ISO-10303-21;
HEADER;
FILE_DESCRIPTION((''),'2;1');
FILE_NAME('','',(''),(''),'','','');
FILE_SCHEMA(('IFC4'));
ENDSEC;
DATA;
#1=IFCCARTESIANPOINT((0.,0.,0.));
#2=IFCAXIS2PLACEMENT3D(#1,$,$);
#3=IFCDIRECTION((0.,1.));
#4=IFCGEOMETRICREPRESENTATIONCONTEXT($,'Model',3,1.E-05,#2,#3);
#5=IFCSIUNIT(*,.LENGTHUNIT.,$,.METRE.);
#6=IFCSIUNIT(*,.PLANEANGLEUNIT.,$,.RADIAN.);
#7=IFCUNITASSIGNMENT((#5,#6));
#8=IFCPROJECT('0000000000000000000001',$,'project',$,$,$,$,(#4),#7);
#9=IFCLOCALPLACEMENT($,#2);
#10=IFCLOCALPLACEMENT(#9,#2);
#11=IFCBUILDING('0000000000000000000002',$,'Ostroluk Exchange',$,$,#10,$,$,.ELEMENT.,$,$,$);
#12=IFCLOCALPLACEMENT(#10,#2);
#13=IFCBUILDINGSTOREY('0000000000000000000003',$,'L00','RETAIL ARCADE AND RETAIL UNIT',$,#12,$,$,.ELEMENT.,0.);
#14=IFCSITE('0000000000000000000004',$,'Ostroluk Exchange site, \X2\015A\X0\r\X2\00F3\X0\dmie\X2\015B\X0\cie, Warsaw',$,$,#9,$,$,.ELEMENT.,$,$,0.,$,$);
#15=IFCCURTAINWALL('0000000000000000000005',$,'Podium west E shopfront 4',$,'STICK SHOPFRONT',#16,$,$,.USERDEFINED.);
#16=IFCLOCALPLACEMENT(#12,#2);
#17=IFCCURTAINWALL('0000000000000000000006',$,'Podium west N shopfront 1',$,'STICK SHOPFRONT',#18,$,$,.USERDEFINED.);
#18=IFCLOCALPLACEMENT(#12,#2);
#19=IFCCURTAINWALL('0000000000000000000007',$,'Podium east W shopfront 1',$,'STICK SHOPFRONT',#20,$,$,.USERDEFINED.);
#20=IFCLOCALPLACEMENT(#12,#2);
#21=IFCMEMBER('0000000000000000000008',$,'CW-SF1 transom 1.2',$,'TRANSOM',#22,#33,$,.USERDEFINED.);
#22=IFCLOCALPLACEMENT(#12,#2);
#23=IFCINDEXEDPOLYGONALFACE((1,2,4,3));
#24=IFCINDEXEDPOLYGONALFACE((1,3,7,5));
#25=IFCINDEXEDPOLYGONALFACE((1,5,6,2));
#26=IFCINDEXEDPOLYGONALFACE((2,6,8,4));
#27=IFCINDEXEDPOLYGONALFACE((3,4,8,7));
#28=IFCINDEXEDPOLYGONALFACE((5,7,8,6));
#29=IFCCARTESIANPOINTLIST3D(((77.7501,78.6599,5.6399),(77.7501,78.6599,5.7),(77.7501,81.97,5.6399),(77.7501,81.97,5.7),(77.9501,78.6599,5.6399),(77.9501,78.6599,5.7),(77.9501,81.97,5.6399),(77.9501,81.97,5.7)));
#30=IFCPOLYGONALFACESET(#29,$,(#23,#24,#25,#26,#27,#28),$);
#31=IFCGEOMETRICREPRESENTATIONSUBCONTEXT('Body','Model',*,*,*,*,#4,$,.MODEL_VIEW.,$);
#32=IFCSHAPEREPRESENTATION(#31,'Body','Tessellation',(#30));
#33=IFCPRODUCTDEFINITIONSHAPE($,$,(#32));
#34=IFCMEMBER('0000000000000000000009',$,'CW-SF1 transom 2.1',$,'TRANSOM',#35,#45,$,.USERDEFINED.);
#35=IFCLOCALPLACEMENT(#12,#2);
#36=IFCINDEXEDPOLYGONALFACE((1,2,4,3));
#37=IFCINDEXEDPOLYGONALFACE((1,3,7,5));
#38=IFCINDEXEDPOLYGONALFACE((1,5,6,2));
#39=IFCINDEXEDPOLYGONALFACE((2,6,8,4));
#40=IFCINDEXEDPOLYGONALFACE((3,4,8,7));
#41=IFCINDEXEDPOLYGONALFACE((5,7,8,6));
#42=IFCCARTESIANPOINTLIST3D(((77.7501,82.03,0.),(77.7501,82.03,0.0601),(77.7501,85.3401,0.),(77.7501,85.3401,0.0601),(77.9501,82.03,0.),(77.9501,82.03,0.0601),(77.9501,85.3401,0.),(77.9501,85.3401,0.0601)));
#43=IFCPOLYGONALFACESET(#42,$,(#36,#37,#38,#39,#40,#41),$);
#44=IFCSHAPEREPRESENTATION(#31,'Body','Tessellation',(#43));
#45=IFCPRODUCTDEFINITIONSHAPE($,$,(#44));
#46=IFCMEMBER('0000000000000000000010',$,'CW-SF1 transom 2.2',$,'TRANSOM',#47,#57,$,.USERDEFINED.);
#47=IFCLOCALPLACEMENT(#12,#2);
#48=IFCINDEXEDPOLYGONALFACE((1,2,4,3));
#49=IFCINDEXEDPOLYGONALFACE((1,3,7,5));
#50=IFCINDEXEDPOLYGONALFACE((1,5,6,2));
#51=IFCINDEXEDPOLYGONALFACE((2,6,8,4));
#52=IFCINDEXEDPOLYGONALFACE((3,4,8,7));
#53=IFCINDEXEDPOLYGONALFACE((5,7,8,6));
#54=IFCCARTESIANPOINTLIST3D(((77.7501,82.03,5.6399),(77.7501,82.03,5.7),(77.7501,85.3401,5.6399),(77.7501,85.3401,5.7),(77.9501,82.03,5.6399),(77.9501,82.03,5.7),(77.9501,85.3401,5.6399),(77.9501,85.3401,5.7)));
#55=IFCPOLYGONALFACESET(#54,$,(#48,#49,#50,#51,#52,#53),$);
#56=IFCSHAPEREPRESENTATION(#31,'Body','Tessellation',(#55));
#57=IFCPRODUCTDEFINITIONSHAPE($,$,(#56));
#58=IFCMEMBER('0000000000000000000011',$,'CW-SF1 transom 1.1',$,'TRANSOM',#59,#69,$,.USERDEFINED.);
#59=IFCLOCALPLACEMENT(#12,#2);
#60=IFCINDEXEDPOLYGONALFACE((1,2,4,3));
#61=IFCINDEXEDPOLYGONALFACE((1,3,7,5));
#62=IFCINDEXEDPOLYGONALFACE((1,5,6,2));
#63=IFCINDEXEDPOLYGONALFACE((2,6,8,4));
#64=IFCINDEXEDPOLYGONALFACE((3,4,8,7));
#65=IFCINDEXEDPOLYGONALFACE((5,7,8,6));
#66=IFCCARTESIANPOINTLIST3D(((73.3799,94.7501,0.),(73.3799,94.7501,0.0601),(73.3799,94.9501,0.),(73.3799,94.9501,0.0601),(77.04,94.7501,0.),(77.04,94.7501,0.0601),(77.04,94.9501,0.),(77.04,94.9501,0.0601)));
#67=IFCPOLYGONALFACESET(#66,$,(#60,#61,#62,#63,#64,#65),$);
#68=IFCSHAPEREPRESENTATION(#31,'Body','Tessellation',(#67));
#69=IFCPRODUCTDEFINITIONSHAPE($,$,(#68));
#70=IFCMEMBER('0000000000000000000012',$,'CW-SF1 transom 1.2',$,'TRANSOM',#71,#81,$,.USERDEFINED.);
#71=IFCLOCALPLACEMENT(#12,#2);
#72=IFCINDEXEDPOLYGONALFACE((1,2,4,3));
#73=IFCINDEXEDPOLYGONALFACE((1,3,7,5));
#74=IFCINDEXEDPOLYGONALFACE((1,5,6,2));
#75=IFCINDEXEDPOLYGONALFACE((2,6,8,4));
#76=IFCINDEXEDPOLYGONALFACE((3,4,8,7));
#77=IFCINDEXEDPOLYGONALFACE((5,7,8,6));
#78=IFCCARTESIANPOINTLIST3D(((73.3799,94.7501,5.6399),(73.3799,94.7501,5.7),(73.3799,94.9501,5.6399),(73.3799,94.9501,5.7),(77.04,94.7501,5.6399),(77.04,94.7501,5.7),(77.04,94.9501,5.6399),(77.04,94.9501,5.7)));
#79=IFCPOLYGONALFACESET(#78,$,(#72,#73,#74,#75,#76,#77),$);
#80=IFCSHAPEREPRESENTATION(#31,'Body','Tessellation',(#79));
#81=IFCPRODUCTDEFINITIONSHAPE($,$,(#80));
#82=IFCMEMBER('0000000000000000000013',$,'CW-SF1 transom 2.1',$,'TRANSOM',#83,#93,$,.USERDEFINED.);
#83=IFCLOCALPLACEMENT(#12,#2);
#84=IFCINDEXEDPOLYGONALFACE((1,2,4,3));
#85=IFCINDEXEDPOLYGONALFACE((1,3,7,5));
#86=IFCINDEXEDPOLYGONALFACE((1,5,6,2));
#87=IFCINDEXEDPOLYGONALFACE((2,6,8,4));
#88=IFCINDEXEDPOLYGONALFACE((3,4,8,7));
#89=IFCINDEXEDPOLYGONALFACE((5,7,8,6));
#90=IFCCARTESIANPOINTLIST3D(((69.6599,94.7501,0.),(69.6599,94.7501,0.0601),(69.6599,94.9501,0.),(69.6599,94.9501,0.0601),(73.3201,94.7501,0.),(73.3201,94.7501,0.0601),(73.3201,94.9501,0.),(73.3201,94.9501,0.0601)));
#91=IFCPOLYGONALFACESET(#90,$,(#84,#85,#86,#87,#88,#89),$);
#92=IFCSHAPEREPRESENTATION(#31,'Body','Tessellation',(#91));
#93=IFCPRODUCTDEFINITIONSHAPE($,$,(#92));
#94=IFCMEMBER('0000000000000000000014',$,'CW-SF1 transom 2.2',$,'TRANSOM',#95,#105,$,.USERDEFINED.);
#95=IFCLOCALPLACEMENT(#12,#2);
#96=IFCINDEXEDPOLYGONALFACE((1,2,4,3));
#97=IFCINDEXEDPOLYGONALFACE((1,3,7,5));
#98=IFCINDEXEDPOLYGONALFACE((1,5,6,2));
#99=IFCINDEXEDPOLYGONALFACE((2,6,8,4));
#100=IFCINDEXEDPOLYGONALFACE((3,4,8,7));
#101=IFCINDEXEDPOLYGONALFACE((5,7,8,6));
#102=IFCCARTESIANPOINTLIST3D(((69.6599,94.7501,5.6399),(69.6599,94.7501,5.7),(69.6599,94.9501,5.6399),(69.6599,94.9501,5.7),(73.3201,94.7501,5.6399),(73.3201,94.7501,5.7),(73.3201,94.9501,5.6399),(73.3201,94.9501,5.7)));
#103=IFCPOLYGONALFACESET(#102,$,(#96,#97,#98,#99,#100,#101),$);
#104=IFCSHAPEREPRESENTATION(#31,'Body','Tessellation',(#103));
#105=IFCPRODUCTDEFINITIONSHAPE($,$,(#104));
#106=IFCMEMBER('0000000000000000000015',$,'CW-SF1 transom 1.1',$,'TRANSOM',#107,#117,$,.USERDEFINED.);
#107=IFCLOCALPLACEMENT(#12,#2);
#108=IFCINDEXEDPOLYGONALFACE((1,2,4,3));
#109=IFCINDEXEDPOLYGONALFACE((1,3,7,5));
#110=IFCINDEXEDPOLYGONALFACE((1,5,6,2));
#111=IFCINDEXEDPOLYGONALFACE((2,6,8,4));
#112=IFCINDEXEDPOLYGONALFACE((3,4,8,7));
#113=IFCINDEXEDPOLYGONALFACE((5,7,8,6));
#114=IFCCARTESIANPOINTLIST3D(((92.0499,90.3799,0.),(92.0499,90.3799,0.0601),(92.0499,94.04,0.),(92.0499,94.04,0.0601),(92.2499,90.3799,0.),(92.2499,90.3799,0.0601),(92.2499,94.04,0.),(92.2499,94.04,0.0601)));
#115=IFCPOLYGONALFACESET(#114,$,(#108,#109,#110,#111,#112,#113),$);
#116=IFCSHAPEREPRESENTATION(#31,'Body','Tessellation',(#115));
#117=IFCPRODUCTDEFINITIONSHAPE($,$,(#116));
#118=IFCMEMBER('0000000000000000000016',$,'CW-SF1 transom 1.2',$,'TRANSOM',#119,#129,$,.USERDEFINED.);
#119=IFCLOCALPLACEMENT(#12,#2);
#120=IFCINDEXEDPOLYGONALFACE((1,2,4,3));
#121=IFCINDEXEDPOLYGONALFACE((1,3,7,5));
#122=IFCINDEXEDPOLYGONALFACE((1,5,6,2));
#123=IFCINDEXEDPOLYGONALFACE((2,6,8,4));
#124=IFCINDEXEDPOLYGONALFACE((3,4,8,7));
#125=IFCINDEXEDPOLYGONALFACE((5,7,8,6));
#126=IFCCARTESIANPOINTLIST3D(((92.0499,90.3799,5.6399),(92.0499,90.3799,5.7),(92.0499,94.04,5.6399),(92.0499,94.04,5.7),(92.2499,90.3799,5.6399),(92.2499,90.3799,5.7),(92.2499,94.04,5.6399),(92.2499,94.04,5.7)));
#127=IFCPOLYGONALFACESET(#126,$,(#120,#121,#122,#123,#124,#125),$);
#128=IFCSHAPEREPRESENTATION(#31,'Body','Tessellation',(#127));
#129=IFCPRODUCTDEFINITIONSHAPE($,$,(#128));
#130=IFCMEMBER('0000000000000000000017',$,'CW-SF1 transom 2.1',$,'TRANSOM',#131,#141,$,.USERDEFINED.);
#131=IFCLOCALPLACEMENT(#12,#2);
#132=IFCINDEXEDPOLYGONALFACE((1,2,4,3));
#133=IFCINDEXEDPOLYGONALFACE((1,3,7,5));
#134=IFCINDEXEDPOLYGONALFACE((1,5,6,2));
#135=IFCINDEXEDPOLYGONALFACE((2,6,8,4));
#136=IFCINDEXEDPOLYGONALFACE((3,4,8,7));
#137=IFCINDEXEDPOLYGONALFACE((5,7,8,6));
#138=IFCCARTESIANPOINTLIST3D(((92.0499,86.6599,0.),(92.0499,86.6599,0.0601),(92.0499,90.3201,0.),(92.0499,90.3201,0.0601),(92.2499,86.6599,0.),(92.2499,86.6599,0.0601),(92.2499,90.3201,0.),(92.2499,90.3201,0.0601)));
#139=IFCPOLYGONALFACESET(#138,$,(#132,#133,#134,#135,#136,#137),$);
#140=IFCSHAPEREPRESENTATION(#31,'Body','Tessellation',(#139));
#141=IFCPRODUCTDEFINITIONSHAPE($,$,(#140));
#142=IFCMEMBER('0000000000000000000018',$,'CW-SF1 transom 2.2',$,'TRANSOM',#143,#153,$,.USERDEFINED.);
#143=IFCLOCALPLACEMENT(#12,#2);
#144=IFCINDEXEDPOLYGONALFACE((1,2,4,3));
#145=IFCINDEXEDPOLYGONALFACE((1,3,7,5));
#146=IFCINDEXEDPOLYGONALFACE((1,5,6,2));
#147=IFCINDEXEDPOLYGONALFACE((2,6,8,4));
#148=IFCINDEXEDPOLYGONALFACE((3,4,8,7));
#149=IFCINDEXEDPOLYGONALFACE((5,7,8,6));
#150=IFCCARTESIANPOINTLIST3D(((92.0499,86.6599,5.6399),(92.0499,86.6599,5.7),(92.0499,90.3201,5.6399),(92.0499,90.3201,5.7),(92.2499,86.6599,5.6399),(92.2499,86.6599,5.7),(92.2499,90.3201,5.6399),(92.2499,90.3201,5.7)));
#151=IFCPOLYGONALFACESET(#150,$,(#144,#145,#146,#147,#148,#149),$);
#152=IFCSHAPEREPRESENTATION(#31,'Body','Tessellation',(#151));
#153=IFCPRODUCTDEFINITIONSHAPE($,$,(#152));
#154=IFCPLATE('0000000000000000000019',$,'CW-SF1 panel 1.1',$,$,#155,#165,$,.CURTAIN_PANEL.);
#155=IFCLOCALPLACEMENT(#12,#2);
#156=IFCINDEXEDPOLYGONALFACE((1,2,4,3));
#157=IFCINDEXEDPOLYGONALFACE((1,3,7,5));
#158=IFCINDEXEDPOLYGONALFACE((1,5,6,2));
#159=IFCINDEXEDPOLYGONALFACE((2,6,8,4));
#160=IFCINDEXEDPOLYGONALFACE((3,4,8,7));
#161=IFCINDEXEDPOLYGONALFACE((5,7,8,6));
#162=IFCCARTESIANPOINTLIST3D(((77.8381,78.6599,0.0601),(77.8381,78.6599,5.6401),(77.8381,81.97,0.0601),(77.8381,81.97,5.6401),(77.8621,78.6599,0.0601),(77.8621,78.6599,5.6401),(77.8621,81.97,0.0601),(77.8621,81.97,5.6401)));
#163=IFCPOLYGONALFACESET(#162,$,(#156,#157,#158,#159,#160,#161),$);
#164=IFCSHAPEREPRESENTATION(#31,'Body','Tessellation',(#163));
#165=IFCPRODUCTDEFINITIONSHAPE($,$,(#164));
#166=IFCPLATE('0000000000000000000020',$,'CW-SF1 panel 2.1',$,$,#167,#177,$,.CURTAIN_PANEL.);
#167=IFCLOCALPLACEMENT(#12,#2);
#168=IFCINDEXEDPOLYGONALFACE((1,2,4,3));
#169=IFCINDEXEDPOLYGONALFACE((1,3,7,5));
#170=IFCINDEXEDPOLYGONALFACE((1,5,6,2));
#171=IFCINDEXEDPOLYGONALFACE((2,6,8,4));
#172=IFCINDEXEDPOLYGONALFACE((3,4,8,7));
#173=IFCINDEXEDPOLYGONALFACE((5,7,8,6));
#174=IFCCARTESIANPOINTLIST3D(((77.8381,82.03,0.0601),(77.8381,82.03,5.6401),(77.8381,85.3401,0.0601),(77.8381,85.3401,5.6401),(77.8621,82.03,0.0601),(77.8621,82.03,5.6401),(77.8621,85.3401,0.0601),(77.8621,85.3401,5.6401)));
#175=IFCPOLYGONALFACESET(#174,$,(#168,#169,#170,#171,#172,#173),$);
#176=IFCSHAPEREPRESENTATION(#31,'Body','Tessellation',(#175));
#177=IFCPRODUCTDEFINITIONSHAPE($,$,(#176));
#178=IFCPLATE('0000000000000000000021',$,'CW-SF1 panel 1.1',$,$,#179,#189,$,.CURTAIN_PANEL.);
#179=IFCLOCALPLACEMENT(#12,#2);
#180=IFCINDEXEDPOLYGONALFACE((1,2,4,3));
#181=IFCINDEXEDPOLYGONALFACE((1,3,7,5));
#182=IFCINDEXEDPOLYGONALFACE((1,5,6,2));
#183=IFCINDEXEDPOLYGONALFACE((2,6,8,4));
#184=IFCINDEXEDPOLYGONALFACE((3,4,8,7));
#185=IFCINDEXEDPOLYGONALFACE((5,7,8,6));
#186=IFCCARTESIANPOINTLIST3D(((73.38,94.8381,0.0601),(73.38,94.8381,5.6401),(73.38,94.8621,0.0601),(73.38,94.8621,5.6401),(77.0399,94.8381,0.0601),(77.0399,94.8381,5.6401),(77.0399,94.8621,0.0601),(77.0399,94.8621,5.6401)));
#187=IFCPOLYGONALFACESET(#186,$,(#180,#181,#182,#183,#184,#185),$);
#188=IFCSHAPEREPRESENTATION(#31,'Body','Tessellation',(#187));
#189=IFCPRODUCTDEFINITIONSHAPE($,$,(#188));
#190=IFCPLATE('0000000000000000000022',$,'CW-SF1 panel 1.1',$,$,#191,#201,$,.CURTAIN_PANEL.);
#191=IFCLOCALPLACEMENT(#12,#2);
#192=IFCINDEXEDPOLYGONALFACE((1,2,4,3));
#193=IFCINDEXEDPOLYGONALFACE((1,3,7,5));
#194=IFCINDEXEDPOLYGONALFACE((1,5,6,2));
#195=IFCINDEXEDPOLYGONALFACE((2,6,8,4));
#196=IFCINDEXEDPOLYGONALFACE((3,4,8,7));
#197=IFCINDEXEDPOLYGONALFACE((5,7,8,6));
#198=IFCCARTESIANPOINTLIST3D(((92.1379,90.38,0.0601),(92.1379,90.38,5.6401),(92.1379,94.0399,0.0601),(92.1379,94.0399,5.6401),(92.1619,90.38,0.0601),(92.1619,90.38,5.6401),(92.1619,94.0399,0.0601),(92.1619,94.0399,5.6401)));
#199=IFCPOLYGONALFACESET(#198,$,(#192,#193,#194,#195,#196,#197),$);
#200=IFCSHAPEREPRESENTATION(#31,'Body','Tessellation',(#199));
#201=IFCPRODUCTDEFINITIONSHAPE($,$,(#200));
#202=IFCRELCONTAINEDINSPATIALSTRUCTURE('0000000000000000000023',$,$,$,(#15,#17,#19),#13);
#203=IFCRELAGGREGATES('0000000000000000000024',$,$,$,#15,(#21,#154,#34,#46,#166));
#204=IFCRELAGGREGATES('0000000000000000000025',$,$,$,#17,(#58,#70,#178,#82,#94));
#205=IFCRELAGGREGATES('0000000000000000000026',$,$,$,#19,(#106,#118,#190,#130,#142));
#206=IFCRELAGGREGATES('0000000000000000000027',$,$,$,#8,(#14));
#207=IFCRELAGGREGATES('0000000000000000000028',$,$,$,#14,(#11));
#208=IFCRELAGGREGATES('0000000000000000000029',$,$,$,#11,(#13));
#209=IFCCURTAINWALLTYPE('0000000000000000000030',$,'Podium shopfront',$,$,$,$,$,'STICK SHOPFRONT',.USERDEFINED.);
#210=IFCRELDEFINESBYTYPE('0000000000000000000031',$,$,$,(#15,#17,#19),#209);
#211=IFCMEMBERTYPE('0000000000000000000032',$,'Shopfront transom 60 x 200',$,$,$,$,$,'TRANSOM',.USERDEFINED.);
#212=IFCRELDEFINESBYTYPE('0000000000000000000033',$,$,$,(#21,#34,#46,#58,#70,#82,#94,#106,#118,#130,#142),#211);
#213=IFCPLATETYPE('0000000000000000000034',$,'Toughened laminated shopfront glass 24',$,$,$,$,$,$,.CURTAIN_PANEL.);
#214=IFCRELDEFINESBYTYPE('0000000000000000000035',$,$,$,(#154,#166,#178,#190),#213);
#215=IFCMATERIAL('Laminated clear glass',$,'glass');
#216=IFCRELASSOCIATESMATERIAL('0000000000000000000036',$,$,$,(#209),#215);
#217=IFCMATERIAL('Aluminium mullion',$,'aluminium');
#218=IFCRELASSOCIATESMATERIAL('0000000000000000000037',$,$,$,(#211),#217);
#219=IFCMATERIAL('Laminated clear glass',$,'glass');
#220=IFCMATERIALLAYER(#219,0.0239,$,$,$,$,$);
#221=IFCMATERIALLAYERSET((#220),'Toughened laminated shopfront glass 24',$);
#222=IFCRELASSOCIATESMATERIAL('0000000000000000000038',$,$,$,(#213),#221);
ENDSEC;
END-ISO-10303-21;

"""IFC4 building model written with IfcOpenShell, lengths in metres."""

from ifc_helpers import new_model, si_unit, direction, frame, origin, origin_2d, place, context, subcontext, project, spatial, rectangle, extrude, material, layer, layer_set, material_profile, profile_set, type_object, element, aggregate, save


model = new_model("IFC4")

# Units and contexts
model_context = context("Model", 3, precision=1e-05, world=origin(), true_north=direction((0.0, 1.0)))
body_context = subcontext(model_context, "Body", "Model", "MODEL_VIEW")
ifc_project = project(units=[si_unit("LENGTHUNIT", "METRE"), si_unit("PLANEANGLEUNIT", "RADIAN")], contexts=[model_context])

# Site, building, storey
site_placement = place(None, origin())
site = spatial("IfcSite", under=ifc_project, at=site_placement, Name="Ostroluk Exchange site, Śródmieście, Warsaw", CompositionType="ELEMENT", RefElevation=0.0)
building_placement = place(site_placement, origin())
building = spatial("IfcBuilding", under=site, at=building_placement, Name="Ostroluk Exchange", CompositionType="ELEMENT")
storey_placement = place(building_placement, origin())
storey = spatial("IfcBuildingStorey", under=building, at=storey_placement, Name="L00", Description="RETAIL ARCADE AND RETAIL UNIT", CompositionType="ELEMENT", Elevation=0.0)

# Curtain walls
ifc_material_1 = material(Name="Laminated clear glass", Category="glass")
curtain_wall_type = type_object("IfcCurtainWallType", Name="Podium shopfront", ElementType="STICK SHOPFRONT", PredefinedType="USERDEFINED", material=ifc_material_1)
curtain_wall_1_placement = place(storey_placement, origin())
curtain_wall_1 = element("IfcCurtainWall", 1, at=curtain_wall_1_placement, inside=storey, type_object=curtain_wall_type, Name="Podium west E shopfront 4", ObjectType="STICK SHOPFRONT", PredefinedType="USERDEFINED")
curtain_wall_2_placement = place(storey_placement, origin())
curtain_wall_2 = element("IfcCurtainWall", 2, at=curtain_wall_2_placement, inside=storey, type_object=curtain_wall_type, Name="Podium west N shopfront 1", ObjectType="STICK SHOPFRONT", PredefinedType="USERDEFINED")
curtain_wall_3_placement = place(storey_placement, origin())
curtain_wall_3 = element("IfcCurtainWall", 3, at=curtain_wall_3_placement, inside=storey, type_object=curtain_wall_type, Name="Podium east W shopfront 1", ObjectType="STICK SHOPFRONT", PredefinedType="USERDEFINED")

# Members
ifc_material_2 = material(Name="Aluminium mullion", Category="aluminium")
ifc_material_profile_1 = material_profile(ifc_material_2, rectangle(XDim=0.2, YDim=0.0601, at=origin_2d()), Name="Shopfront transom 60 x 200")
ifc_profile_set_1 = profile_set([ifc_material_profile_1], Name="Aluminium mullion")
member_type_1 = type_object("IfcMemberType", Name="Shopfront transom 60 x 200", ElementType="TRANSOM", PredefinedType="USERDEFINED", material=ifc_profile_set_1)
member_1_placement = place(storey_placement, frame((77.8501, 78.6599, 5.6699), z_axis=(0.0, 1.0, 0.0), x_axis=(-1.0, 0.0, 0.0)))
member_1 = element("IfcMember", 4, at=member_1_placement, type_object=member_type_1, Name="CW-SF1 transom 1.2", ObjectType="TRANSOM", PredefinedType="USERDEFINED", context=body_context, shape_type="SweptSolid", body=[
    extrude(rectangle(XDim=0.2, YDim=0.0601, at=origin_2d()), origin(), (0.0, 0.0, 1.0), 3.3101),
])
member_2_placement = place(storey_placement, frame((77.8501, 82.03, 0.03), z_axis=(0.0, 1.0, 0.0), x_axis=(-1.0, 0.0, 0.0)))
member_2 = element("IfcMember", 5, at=member_2_placement, type_object=member_type_1, Name="CW-SF1 transom 2.1", ObjectType="TRANSOM", PredefinedType="USERDEFINED", context=body_context, shape_type="SweptSolid", body=[
    extrude(rectangle(XDim=0.2, YDim=0.0601, at=origin_2d()), origin(), (0.0, 0.0, 1.0), 3.3101),
])
member_3_placement = place(storey_placement, frame((77.8501, 82.03, 5.6699), z_axis=(0.0, 1.0, 0.0), x_axis=(-1.0, 0.0, 0.0)))
member_3 = element("IfcMember", 6, at=member_3_placement, type_object=member_type_1, Name="CW-SF1 transom 2.2", ObjectType="TRANSOM", PredefinedType="USERDEFINED", context=body_context, shape_type="SweptSolid", body=[
    extrude(rectangle(XDim=0.2, YDim=0.0601, at=origin_2d()), origin(), (0.0, 0.0, 1.0), 3.3101),
])
member_4_placement = place(storey_placement, frame((77.04, 94.8501, 0.03), z_axis=(-1.0, 0.0, 0.0), x_axis=(0.0, -1.0, 0.0)))
member_4 = element("IfcMember", 7, at=member_4_placement, type_object=member_type_1, Name="CW-SF1 transom 1.1", ObjectType="TRANSOM", PredefinedType="USERDEFINED", context=body_context, shape_type="SweptSolid", body=[
    extrude(rectangle(XDim=0.2, YDim=0.0601, at=origin_2d()), origin(), (0.0, 0.0, 1.0), 3.6602),
])
member_5_placement = place(storey_placement, frame((77.04, 94.8501, 5.6699), z_axis=(-1.0, 0.0, 0.0), x_axis=(0.0, -1.0, 0.0)))
member_5 = element("IfcMember", 8, at=member_5_placement, type_object=member_type_1, Name="CW-SF1 transom 1.2", ObjectType="TRANSOM", PredefinedType="USERDEFINED", context=body_context, shape_type="SweptSolid", body=[
    extrude(rectangle(XDim=0.2, YDim=0.0601, at=origin_2d()), origin(), (0.0, 0.0, 1.0), 3.6602),
])
member_6_placement = place(storey_placement, frame((73.3201, 94.8501, 0.03), z_axis=(-1.0, 0.0, 0.0), x_axis=(0.0, -1.0, 0.0)))
member_6 = element("IfcMember", 9, at=member_6_placement, type_object=member_type_1, Name="CW-SF1 transom 2.1", ObjectType="TRANSOM", PredefinedType="USERDEFINED", context=body_context, shape_type="SweptSolid", body=[
    extrude(rectangle(XDim=0.2, YDim=0.0601, at=origin_2d()), origin(), (0.0, 0.0, 1.0), 3.6602),
])
member_7_placement = place(storey_placement, frame((73.3201, 94.8501, 5.6699), z_axis=(-1.0, 0.0, 0.0), x_axis=(0.0, -1.0, 0.0)))
member_7 = element("IfcMember", 10, at=member_7_placement, type_object=member_type_1, Name="CW-SF1 transom 2.2", ObjectType="TRANSOM", PredefinedType="USERDEFINED", context=body_context, shape_type="SweptSolid", body=[
    extrude(rectangle(XDim=0.2, YDim=0.0601, at=origin_2d()), origin(), (0.0, 0.0, 1.0), 3.6602),
])
member_8_placement = place(storey_placement, frame((92.1499, 94.04, 0.03), z_axis=(0.0, -1.0, 0.0), x_axis=(1.0, 0.0, 0.0)))
member_8 = element("IfcMember", 11, at=member_8_placement, type_object=member_type_1, Name="CW-SF1 transom 1.1", ObjectType="TRANSOM", PredefinedType="USERDEFINED", context=body_context, shape_type="SweptSolid", body=[
    extrude(rectangle(XDim=0.2, YDim=0.0601, at=origin_2d()), origin(), (0.0, 0.0, 1.0), 3.6602),
])
member_9_placement = place(storey_placement, frame((92.1499, 94.04, 5.6699), z_axis=(0.0, -1.0, 0.0), x_axis=(1.0, 0.0, 0.0)))
member_9 = element("IfcMember", 12, at=member_9_placement, type_object=member_type_1, Name="CW-SF1 transom 1.2", ObjectType="TRANSOM", PredefinedType="USERDEFINED", context=body_context, shape_type="SweptSolid", body=[
    extrude(rectangle(XDim=0.2, YDim=0.0601, at=origin_2d()), origin(), (0.0, 0.0, 1.0), 3.6602),
])
member_10_placement = place(storey_placement, frame((92.1499, 90.3201, 0.03), z_axis=(0.0, -1.0, 0.0), x_axis=(1.0, 0.0, 0.0)))
member_10 = element("IfcMember", 13, at=member_10_placement, type_object=member_type_1, Name="CW-SF1 transom 2.1", ObjectType="TRANSOM", PredefinedType="USERDEFINED", context=body_context, shape_type="SweptSolid", body=[
    extrude(rectangle(XDim=0.2, YDim=0.0601, at=origin_2d()), origin(), (0.0, 0.0, 1.0), 3.6602),
])
member_11_placement = place(storey_placement, frame((92.1499, 90.3201, 5.6699), z_axis=(0.0, -1.0, 0.0), x_axis=(1.0, 0.0, 0.0)))
member_11 = element("IfcMember", 14, at=member_11_placement, type_object=member_type_1, Name="CW-SF1 transom 2.2", ObjectType="TRANSOM", PredefinedType="USERDEFINED", context=body_context, shape_type="SweptSolid", body=[
    extrude(rectangle(XDim=0.2, YDim=0.0601, at=origin_2d()), origin(), (0.0, 0.0, 1.0), 3.6602),
])

# Plates
ifc_material_3 = material(Name="Laminated clear glass", Category="glass")
ifc_layer_1 = layer(ifc_material_3, 0.0239)
ifc_layer_set_1 = layer_set([ifc_layer_1], Name="Toughened laminated shopfront glass 24")
plate_type = type_object("IfcPlateType", Name="Toughened laminated shopfront glass 24", PredefinedType="CURTAIN_PANEL", material=ifc_layer_set_1)
plate_1_placement = place(storey_placement, frame((77.8501, 80.3149, 0.0601), z_axis=(0.0, 0.0, 1.0), x_axis=(0.0, 1.0, 0.0)))
plate_1 = element("IfcPlate", 15, at=plate_1_placement, type_object=plate_type, Name="CW-SF1 panel 1.1", PredefinedType="CURTAIN_PANEL", context=body_context, shape_type="SweptSolid", body=[
    extrude(rectangle(XDim=3.3101, YDim=0.0239, at=origin_2d()), origin(), (0.0, 0.0, 1.0), 5.5801),
])
plate_2_placement = place(storey_placement, frame((77.8501, 83.6851, 0.0601), z_axis=(0.0, 0.0, 1.0), x_axis=(0.0, 1.0, 0.0)))
plate_2 = element("IfcPlate", 16, at=plate_2_placement, type_object=plate_type, Name="CW-SF1 panel 2.1", PredefinedType="CURTAIN_PANEL", context=body_context, shape_type="SweptSolid", body=[
    extrude(rectangle(XDim=3.3101, YDim=0.0239, at=origin_2d()), origin(), (0.0, 0.0, 1.0), 5.5801),
])
aggregate(curtain_wall_1, [member_1, plate_1, member_2, member_3, plate_2])
plate_3_placement = place(storey_placement, frame((75.21, 94.8501, 0.0601), z_axis=(0.0, 0.0, 1.0), x_axis=(-1.0, 0.0, 0.0)))
plate_3 = element("IfcPlate", 17, at=plate_3_placement, type_object=plate_type, Name="CW-SF1 panel 1.1", PredefinedType="CURTAIN_PANEL", context=body_context, shape_type="SweptSolid", body=[
    extrude(rectangle(XDim=3.6599, YDim=0.0239, at=origin_2d()), origin(), (0.0, 0.0, 1.0), 5.5801),
])
aggregate(curtain_wall_2, [member_4, member_5, plate_3, member_6, member_7])
plate_4_placement = place(storey_placement, frame((92.1499, 92.21, 0.0601), z_axis=(0.0, 0.0, 1.0), x_axis=(0.0, -1.0, 0.0)))
plate_4 = element("IfcPlate", 18, at=plate_4_placement, type_object=plate_type, Name="CW-SF1 panel 1.1", PredefinedType="CURTAIN_PANEL", context=body_context, shape_type="SweptSolid", body=[
    extrude(rectangle(XDim=3.6599, YDim=0.0239, at=origin_2d()), origin(), (0.0, 0.0, 1.0), 5.5801),
])
aggregate(curtain_wall_3, [member_8, member_9, plate_4, member_10, member_11])

save(model, "model.ifc")
